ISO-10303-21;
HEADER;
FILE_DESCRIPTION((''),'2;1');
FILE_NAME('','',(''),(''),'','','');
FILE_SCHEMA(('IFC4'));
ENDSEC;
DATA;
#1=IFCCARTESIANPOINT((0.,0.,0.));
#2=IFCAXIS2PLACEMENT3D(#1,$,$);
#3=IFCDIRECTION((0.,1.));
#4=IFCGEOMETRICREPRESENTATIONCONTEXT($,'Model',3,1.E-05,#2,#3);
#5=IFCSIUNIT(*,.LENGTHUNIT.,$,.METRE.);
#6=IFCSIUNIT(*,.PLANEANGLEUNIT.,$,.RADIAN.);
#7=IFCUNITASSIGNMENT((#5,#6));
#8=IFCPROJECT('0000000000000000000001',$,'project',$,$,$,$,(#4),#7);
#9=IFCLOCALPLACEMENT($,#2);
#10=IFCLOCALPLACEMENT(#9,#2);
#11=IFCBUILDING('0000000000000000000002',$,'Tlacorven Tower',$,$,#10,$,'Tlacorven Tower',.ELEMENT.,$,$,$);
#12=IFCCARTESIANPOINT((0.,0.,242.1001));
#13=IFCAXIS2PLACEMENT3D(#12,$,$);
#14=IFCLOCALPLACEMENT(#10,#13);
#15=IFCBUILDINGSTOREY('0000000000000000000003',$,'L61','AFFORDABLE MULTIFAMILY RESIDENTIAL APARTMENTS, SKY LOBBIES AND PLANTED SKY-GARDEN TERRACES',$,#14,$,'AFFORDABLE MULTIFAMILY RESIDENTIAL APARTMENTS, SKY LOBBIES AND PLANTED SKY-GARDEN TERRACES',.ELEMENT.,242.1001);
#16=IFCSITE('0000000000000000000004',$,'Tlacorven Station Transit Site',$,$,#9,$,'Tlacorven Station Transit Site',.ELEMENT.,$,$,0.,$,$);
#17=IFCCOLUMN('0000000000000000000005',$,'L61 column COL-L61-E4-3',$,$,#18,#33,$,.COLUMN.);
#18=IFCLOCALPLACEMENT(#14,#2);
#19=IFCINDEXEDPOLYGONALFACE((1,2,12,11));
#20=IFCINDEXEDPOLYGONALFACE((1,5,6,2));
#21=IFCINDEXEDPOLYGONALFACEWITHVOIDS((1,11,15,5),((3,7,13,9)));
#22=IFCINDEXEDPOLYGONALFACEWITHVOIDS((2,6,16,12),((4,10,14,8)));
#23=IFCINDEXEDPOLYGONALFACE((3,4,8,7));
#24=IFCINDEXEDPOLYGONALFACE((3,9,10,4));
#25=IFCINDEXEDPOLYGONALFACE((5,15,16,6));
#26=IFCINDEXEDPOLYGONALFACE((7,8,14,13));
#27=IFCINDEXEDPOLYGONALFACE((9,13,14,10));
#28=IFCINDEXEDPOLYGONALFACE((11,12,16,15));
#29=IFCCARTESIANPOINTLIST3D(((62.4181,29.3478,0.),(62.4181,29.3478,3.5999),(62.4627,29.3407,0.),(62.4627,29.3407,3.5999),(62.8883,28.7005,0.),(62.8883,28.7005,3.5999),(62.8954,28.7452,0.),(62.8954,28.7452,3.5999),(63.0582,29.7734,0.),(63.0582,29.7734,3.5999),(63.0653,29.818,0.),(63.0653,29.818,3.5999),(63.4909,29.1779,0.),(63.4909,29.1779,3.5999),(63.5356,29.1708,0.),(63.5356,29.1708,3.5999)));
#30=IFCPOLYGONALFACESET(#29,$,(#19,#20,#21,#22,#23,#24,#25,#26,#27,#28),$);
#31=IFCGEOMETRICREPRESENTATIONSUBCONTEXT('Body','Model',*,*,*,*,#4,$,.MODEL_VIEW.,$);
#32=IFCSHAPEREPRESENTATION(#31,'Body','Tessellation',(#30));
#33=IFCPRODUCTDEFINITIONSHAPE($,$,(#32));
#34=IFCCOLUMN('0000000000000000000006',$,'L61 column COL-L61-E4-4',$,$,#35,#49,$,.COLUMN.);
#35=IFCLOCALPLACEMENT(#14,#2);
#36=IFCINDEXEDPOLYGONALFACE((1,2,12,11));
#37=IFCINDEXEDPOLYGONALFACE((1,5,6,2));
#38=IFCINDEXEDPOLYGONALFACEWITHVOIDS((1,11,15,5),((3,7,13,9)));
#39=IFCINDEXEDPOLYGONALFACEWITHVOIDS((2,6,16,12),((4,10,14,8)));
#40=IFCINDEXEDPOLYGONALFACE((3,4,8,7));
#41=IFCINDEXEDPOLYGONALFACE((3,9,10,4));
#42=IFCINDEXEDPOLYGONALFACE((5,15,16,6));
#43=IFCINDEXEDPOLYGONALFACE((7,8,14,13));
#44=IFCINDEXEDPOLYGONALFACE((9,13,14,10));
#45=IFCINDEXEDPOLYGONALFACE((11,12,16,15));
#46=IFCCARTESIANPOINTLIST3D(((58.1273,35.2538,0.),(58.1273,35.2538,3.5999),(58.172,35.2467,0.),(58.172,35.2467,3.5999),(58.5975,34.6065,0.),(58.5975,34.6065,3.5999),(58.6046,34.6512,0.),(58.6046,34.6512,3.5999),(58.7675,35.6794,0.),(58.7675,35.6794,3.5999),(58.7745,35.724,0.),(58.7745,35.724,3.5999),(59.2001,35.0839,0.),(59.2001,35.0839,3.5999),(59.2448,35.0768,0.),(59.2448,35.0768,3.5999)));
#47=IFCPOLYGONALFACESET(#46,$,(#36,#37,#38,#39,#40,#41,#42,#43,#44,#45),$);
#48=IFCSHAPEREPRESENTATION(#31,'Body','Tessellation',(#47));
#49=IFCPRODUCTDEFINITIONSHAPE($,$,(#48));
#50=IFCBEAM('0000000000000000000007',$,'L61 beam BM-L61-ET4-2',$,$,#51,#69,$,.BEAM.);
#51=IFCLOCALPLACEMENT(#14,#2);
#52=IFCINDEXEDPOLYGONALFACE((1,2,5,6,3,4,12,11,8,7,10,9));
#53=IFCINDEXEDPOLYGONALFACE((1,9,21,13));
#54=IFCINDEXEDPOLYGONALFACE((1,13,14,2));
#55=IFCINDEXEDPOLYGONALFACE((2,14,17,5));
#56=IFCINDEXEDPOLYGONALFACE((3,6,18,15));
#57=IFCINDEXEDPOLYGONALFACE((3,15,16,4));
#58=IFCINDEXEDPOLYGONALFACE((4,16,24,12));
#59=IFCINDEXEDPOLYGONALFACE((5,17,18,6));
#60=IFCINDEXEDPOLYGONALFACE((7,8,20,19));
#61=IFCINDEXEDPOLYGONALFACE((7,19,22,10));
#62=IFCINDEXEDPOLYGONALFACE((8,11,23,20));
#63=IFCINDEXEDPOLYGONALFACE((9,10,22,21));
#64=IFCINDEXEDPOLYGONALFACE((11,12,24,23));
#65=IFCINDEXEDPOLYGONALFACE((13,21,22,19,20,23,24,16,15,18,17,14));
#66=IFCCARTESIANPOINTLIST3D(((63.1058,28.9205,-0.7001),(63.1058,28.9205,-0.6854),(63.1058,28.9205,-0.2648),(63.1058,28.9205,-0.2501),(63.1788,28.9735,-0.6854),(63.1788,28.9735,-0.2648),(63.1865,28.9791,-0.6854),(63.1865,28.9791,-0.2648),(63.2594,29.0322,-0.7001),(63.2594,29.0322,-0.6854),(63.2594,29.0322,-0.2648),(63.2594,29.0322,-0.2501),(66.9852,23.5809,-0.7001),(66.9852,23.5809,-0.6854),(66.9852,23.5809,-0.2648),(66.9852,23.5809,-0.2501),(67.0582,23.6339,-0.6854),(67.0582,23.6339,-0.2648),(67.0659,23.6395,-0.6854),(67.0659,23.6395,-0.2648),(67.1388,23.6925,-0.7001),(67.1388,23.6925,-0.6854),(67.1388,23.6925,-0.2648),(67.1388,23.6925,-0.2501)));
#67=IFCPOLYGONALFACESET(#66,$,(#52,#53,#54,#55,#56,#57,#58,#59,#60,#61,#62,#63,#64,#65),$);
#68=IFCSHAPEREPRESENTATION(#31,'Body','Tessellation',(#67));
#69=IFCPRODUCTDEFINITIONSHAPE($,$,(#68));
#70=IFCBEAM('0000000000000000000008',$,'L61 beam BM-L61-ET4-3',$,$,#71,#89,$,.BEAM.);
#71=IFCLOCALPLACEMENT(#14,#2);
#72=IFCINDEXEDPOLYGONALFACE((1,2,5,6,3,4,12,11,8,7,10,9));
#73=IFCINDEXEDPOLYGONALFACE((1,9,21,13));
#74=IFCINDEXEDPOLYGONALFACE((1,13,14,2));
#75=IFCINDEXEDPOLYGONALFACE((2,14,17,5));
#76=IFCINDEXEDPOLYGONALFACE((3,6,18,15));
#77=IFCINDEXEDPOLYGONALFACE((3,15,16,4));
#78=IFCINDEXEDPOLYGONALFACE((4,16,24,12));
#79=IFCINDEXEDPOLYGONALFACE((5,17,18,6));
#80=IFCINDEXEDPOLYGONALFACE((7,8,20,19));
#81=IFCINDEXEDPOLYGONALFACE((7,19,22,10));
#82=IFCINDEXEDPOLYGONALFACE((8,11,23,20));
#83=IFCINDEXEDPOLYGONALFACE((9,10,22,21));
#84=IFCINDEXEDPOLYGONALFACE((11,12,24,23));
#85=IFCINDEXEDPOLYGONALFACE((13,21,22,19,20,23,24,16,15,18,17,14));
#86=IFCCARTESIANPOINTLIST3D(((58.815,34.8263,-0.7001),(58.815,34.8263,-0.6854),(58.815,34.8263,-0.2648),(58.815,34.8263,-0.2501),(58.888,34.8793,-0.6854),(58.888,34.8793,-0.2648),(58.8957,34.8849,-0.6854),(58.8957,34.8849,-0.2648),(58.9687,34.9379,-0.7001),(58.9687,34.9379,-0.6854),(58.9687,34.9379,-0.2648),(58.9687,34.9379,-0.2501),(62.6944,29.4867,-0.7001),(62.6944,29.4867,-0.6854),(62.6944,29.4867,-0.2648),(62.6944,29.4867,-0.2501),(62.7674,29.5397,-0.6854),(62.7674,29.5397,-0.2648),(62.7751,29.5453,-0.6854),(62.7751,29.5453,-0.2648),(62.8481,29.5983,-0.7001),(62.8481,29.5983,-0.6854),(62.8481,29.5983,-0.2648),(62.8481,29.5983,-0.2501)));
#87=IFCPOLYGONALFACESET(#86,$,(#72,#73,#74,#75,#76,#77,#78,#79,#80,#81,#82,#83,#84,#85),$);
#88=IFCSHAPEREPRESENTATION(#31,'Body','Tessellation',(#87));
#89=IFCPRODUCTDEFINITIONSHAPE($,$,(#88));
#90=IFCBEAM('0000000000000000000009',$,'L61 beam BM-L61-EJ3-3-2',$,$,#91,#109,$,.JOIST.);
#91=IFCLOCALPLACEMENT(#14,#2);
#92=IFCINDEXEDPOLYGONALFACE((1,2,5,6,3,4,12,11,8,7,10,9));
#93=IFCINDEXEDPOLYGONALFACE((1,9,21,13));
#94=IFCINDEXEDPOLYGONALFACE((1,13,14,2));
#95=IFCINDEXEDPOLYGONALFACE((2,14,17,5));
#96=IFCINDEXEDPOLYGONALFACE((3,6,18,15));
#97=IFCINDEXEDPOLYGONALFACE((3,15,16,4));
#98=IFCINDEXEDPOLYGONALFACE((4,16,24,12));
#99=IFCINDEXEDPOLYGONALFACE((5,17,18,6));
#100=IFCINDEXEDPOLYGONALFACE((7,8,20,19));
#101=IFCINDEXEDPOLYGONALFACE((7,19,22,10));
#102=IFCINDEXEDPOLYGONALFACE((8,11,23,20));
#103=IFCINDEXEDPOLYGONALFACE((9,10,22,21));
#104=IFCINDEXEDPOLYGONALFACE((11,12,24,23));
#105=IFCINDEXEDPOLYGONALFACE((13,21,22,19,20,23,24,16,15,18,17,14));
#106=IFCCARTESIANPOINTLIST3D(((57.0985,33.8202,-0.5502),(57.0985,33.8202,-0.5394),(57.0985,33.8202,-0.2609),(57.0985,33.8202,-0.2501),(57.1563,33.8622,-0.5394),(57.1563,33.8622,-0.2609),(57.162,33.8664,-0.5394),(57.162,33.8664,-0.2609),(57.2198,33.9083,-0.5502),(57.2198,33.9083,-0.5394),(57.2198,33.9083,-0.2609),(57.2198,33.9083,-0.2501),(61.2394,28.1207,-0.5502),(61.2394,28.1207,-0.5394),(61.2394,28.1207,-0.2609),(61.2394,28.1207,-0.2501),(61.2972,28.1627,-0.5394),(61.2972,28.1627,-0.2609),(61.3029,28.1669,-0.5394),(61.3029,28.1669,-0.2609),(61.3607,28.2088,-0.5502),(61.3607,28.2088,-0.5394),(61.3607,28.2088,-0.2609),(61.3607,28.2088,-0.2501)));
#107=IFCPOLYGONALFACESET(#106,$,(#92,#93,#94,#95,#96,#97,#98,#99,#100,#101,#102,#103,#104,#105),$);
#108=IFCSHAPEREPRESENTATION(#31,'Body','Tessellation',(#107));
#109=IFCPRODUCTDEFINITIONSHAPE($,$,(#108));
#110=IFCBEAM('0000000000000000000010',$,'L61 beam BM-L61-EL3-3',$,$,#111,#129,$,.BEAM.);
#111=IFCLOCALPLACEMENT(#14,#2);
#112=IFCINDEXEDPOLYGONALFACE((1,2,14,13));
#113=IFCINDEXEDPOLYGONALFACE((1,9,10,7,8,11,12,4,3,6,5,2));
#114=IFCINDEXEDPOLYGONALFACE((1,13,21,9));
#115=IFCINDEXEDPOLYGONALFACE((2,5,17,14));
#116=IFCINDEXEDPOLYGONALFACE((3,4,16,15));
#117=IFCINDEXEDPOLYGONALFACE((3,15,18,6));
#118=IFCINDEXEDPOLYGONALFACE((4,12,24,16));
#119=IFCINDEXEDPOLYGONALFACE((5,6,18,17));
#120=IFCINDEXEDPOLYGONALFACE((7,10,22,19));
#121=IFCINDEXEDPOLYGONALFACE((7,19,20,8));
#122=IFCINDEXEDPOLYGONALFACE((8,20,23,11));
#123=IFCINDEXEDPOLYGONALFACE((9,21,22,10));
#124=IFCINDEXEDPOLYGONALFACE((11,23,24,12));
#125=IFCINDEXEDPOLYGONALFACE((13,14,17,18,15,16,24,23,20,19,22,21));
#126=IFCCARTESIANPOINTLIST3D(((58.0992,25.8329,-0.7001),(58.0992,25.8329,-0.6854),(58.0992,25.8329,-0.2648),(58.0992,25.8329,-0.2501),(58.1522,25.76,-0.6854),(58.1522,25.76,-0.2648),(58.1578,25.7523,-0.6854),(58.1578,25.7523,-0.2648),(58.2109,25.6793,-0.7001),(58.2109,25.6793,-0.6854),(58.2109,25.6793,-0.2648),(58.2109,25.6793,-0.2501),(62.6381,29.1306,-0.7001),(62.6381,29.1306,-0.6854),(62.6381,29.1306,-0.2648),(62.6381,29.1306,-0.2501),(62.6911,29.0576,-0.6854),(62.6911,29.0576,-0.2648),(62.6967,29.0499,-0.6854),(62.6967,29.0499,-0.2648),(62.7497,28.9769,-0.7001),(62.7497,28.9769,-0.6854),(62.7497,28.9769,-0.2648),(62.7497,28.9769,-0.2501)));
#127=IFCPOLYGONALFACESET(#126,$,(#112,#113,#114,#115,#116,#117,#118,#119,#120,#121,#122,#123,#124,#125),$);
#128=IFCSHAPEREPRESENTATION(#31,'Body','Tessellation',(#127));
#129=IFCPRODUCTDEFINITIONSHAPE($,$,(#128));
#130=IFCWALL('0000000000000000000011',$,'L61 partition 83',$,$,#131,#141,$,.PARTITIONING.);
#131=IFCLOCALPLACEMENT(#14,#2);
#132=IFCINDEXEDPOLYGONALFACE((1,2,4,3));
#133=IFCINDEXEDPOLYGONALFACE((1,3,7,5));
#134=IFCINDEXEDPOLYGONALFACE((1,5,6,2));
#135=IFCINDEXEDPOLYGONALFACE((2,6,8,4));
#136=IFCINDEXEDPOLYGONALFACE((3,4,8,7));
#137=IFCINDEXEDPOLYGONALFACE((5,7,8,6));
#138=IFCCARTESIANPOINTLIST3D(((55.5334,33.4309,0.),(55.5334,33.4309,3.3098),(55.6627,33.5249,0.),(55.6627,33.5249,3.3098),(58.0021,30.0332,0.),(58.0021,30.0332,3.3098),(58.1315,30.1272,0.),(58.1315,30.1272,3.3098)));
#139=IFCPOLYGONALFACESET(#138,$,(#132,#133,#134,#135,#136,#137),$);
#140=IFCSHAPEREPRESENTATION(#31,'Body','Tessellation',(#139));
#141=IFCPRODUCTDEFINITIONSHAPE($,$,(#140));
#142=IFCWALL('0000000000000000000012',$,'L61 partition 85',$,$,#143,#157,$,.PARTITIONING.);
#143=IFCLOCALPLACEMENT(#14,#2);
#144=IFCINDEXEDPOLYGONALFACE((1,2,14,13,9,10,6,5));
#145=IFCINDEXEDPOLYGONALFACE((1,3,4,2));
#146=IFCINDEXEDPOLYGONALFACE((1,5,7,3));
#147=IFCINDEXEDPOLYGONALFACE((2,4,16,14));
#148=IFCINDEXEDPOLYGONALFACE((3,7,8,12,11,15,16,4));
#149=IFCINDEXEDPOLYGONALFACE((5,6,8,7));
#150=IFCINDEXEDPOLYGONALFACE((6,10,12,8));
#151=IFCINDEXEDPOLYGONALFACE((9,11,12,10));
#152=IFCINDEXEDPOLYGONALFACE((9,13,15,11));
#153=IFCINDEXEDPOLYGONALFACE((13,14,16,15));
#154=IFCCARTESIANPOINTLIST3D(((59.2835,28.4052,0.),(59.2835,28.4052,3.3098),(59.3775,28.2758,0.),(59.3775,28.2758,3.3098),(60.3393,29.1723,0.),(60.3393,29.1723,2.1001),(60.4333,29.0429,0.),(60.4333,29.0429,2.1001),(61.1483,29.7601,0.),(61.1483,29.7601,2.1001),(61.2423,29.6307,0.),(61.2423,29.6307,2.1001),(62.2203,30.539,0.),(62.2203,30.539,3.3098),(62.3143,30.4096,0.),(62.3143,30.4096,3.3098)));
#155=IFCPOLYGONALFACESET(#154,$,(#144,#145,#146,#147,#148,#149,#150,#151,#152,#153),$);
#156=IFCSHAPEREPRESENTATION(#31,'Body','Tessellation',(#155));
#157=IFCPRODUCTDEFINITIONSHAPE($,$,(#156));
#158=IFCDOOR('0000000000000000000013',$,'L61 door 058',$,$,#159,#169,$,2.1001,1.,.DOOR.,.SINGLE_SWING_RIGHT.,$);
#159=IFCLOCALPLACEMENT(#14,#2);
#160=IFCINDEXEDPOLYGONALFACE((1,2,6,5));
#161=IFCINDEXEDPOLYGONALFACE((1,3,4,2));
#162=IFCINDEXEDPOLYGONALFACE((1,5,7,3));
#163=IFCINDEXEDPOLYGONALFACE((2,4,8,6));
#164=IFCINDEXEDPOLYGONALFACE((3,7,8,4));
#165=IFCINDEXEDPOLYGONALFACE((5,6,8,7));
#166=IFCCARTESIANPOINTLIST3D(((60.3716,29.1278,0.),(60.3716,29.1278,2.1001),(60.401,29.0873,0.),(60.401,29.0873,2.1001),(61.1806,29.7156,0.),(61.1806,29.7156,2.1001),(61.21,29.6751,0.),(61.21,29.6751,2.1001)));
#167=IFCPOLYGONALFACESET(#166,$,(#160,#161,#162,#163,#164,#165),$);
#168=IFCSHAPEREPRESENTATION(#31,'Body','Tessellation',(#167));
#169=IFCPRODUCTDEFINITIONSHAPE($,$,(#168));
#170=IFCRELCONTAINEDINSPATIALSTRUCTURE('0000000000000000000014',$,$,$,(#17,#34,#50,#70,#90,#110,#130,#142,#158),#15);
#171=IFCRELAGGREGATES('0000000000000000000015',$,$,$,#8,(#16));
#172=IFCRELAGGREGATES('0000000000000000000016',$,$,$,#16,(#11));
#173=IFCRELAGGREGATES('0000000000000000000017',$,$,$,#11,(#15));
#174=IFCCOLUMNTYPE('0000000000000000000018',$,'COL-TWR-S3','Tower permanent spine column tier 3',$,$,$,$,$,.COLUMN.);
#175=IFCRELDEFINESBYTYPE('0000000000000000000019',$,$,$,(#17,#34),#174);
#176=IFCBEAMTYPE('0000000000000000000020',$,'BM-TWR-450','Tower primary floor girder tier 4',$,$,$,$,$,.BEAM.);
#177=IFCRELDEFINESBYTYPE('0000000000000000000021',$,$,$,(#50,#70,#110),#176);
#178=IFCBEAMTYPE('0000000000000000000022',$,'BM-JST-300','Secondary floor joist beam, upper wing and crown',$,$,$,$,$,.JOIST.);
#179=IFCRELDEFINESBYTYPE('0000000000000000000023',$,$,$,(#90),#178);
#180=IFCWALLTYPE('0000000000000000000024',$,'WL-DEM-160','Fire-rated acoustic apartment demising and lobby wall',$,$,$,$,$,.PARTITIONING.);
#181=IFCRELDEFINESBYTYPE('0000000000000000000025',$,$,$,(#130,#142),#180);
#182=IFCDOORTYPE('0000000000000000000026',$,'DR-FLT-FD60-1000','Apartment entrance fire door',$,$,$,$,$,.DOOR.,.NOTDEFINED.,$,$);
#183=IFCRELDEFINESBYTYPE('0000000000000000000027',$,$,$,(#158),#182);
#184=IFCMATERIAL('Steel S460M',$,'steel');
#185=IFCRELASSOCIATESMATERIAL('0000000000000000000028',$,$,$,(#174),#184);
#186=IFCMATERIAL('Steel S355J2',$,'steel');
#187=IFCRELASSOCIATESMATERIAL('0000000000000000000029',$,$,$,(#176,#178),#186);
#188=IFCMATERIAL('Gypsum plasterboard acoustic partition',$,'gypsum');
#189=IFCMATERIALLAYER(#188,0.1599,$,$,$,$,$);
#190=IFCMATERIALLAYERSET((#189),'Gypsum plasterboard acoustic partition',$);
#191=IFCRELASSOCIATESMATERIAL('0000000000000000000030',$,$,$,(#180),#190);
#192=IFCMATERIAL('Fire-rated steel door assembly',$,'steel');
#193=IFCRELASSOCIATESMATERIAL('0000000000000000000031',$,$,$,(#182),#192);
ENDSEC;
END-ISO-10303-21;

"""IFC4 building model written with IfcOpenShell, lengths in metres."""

from ifc_helpers import new_model, si_unit, direction, frame, frame_2d, origin, origin_2d, place, context, subcontext, project, spatial, rectangle, hollow_rectangle, i_section, extrude, source, transform, mapped, material, layer, layer_set, material_profile, profile_set, type_object, element, fill, save


model = new_model("IFC4")

# Units and contexts
model_context = context("Model", 3, precision=1e-05, world=origin(), true_north=direction((0.0, 1.0)))
body_context = subcontext(model_context, "Body", "Model", "MODEL_VIEW")
ifc_project = project(units=[si_unit("LENGTHUNIT", "METRE"), si_unit("PLANEANGLEUNIT", "RADIAN")], contexts=[model_context])

# Site, building, storey
site_placement = place(None, origin())
site = spatial("IfcSite", under=ifc_project, at=site_placement, Name="Tlacorven Station Transit Site", LongName="Tlacorven Station Transit Site", CompositionType="ELEMENT", RefElevation=0.0)
building_placement = place(site_placement, origin())
building = spatial("IfcBuilding", under=site, at=building_placement, Name="Tlacorven Tower", LongName="Tlacorven Tower", CompositionType="ELEMENT")
storey_placement = place(building_placement, frame((0.0, 0.0, 242.1001)))
storey = spatial("IfcBuildingStorey", under=building, at=storey_placement, Name="L61", Description="AFFORDABLE MULTIFAMILY RESIDENTIAL APARTMENTS, SKY LOBBIES AND PLANTED SKY-GARDEN TERRACES", LongName="AFFORDABLE MULTIFAMILY RESIDENTIAL APARTMENTS, SKY LOBBIES AND PLANTED SKY-GARDEN TERRACES", CompositionType="ELEMENT", Elevation=242.1001)

# Columns
ifc_material_1 = material(Name="Steel S460M", Category="steel")
ifc_material_profile_1 = material_profile(ifc_material_1, hollow_rectangle(XDim=0.8, YDim=0.8, WallThickness=0.032, at=origin_2d()), Name="BOX 800X800X32")
ifc_profile_set_1 = profile_set([ifc_material_profile_1], Name="Steel S460M")
column_type = type_object("IfcColumnType", Name="COL-TWR-S3", Description="Tower permanent spine column tier 3", PredefinedType="COLUMN", material=ifc_profile_set_1)
shared_shape_1 = source(origin(), body_context, "Body", "SweptSolid", [
    extrude(hollow_rectangle(XDim=0.8, YDim=0.8, WallThickness=0.032, at=origin_2d()), origin(), (0.0, 0.0, 1.0), 3.5999),
])
for number, where, z_axis, x_axis, name in (
    (1, (62.9768, 29.2593, 0.0), (0.0, 0.0, 1.0), (0.809017, 0.587785, 0.0), "L61 column COL-L61-E4-3"),
    (2, (58.686, 35.1653, 0.0), (0.0, 0.0, 1.0), (0.809017, 0.587785, 0.0), "L61 column COL-L61-E4-4"),
):
    element("IfcColumn", number, at=place(storey_placement, frame(where, z_axis=z_axis, x_axis=x_axis)), inside=storey, type_object=column_type, Name=name, PredefinedType="COLUMN", context=body_context, shape_type="MappedRepresentation", body=[
        mapped(shared_shape_1, transform((0.0, 0.0, 0.0), scale=1.0)),
    ])

# Beams
ifc_material_2 = material(Name="Steel S355J2", Category="steel")
ifc_material_profile_2 = material_profile(ifc_material_2, i_section(OverallWidth=0.1899, OverallDepth=0.45, WebThickness=0.0095, FlangeThickness=0.0146, at=origin_2d()), Name="IPE 450")
ifc_profile_set_2 = profile_set([ifc_material_profile_2], Name="Steel S355J2")
beam_type_1 = type_object("IfcBeamType", Name="BM-TWR-450", Description="Tower primary floor girder tier 4", PredefinedType="BEAM", material=ifc_profile_set_2)
shared_shape_2 = source(origin(), body_context, "Body", "SweptSolid", [
    extrude(i_section(OverallWidth=0.1899, OverallDepth=0.45, WebThickness=0.0095, FlangeThickness=0.0146, at=origin_2d()), origin(), (0.0, 0.0, 1.0), 6.6001),
])
for number, where, z_axis, x_axis, name in (
    (3, (67.062, 23.6367, -0.4751), (-0.58778, 0.809021, 0.0), (-0.809021, -0.58778, 0.0), "L61 beam BM-L61-ET4-2"),
    (4, (62.7712, 29.5425, -0.4751), (-0.58778, 0.809021, 0.0), (-0.809021, -0.58778, 0.0), "L61 beam BM-L61-ET4-3"),
):
    element("IfcBeam", number, at=place(storey_placement, frame(where, z_axis=z_axis, x_axis=x_axis)), inside=storey, type_object=beam_type_1, Name=name, PredefinedType="BEAM", context=body_context, shape_type="MappedRepresentation", body=[
        mapped(shared_shape_2, transform((0.0, 0.0, 0.0), scale=1.0)),
    ])
ifc_material_profile_3 = material_profile(ifc_material_2, i_section(OverallWidth=0.1499, OverallDepth=0.3, WebThickness=0.0071, FlangeThickness=0.0107, at=origin_2d()), Name="IPE 300")
ifc_profile_set_3 = profile_set([ifc_material_profile_3], Name="Steel S355J2")
beam_type_2 = type_object("IfcBeamType", Name="BM-JST-300", Description="Secondary floor joist beam, upper wing and crown", PredefinedType="JOIST", material=ifc_profile_set_3)
shared_shape_3 = source(origin(), body_context, "Body", "SweptSolid", [
    extrude(i_section(OverallWidth=0.1499, OverallDepth=0.3, WebThickness=0.0071, FlangeThickness=0.0107, at=origin_2d()), origin(), (0.0, 0.0, 1.0), 7.0449),
])
beam_1_placement = place(storey_placement, frame((61.3, 28.1648, -0.4001), z_axis=(-0.587782, 0.809019, 0.0), x_axis=(-0.809019, -0.587782, 0.0)))
element("IfcBeam", 5, at=beam_1_placement, inside=storey, type_object=beam_type_2, Name="L61 beam BM-L61-EJ3-3-2", PredefinedType="JOIST", context=body_context, shape_type="MappedRepresentation", body=[
    mapped(shared_shape_3, transform((0.0, 0.0, 0.0), scale=1.0)),
])
shared_shape_4 = source(origin(), body_context, "Body", "SweptSolid", [
    extrude(i_section(OverallWidth=0.1899, OverallDepth=0.45, WebThickness=0.0095, FlangeThickness=0.0146, at=origin_2d()), origin(), (0.0, 0.0, 1.0), 5.6104),
])
beam_2_placement = place(storey_placement, frame((58.155, 25.7561, -0.4751), z_axis=(0.80902, 0.587781, 0.0), x_axis=(-0.587781, 0.80902, 0.0)))
element("IfcBeam", 6, at=beam_2_placement, inside=storey, type_object=beam_type_1, Name="L61 beam BM-L61-EL3-3", PredefinedType="BEAM", context=body_context, shape_type="MappedRepresentation", body=[
    mapped(shared_shape_4, transform((0.0, 0.0, 0.0), scale=1.0)),
])

# Wall
ifc_material_3 = material(Name="Gypsum plasterboard acoustic partition", Category="gypsum")
ifc_layer_1 = layer(ifc_material_3, 0.1599)
ifc_layer_set_1 = layer_set([ifc_layer_1], Name="Gypsum plasterboard acoustic partition")
wall_type_1 = type_object("IfcWallType", Name="WL-DEM-160", Description="Fire-rated acoustic apartment demising and lobby wall", PredefinedType="PARTITIONING", material=ifc_layer_set_1)
wall_1_placement = place(storey_placement, frame((58.0669, 30.0801, 0.0), z_axis=(0.0, 0.0, 1.0), x_axis=(-0.587812, 0.808997, 0.0)))
element("IfcWall", 7, at=wall_1_placement, inside=storey, type_object=wall_type_1, Name="L61 partition 83", PredefinedType="PARTITIONING", context=body_context, shape_type="SweptSolid", body=[
    extrude(rectangle(XDim=4.2, YDim=0.1599, at=frame_2d((2.1001, 0.0))), origin(), (0.0, 0.0, 1.0), 3.3098),
])

# Wall, opening, door
wall_2_placement = place(storey_placement, frame((59.3306, 28.3406, 0.0), z_axis=(0.0, 0.0, 1.0), x_axis=(0.809004, 0.587804, 0.0)))
wall_2 = element("IfcWall", 8, at=wall_2_placement, inside=storey, type_object=wall_type_1, Name="L61 partition 85", PredefinedType="PARTITIONING", context=body_context, shape_type="SweptSolid", body=[
    extrude(rectangle(XDim=3.6301, YDim=0.1599, at=frame_2d((1.8149, 0.0))), origin(), (0.0, 0.0, 1.0), 3.3098),
])
opening_1_placement = place(wall_2_placement, frame((1.3049, 0.0, 0.0)))
opening_1 = element("IfcOpeningElement", 9, at=opening_1_placement, cuts=wall_2, PredefinedType="OPENING", context=body_context, shape_type="SweptSolid", body=[
    extrude(rectangle(XDim=1.0, YDim=2.1001, at=frame_2d((0.5, 1.05))), frame((0.0, 0.0898, 0.0), z_axis=(0.0, -1.0, 0.0), x_axis=(1.0, 0.0, 0.0)), (0.0, 0.0, 1.0), 0.1799),
])
ifc_material_4 = material(Name="Fire-rated steel door assembly", Category="steel")
door_type = type_object("IfcDoorType", Name="DR-FLT-FD60-1000", Description="Apartment entrance fire door", OperationType="NOTDEFINED", PredefinedType="DOOR", material=ifc_material_4)
shared_shape_5 = source(origin(), body_context, "Body", "SweptSolid", [
    extrude(rectangle(XDim=1.0, YDim=2.1001, at=frame_2d((0.5, 1.05))), frame((0.0, 0.0249, 0.0), z_axis=(0.0, -1.0, 0.0), x_axis=(1.0, 0.0, 0.0)), (0.0, 0.0, 1.0), 0.05),
])
door_1_placement = place(opening_1_placement, origin())
door_1 = element("IfcDoor", 10, at=door_1_placement, inside=storey, type_object=door_type, Name="L61 door 058", OperationType="SINGLE_SWING_RIGHT", OverallHeight=2.1001, OverallWidth=1.0, PredefinedType="DOOR", context=body_context, shape_type="MappedRepresentation", body=[
    mapped(shared_shape_5, transform((0.0, 0.0, 0.0), scale=1.0)),
])
fill(opening_1, door_1)

save(model, "model.ifc")
